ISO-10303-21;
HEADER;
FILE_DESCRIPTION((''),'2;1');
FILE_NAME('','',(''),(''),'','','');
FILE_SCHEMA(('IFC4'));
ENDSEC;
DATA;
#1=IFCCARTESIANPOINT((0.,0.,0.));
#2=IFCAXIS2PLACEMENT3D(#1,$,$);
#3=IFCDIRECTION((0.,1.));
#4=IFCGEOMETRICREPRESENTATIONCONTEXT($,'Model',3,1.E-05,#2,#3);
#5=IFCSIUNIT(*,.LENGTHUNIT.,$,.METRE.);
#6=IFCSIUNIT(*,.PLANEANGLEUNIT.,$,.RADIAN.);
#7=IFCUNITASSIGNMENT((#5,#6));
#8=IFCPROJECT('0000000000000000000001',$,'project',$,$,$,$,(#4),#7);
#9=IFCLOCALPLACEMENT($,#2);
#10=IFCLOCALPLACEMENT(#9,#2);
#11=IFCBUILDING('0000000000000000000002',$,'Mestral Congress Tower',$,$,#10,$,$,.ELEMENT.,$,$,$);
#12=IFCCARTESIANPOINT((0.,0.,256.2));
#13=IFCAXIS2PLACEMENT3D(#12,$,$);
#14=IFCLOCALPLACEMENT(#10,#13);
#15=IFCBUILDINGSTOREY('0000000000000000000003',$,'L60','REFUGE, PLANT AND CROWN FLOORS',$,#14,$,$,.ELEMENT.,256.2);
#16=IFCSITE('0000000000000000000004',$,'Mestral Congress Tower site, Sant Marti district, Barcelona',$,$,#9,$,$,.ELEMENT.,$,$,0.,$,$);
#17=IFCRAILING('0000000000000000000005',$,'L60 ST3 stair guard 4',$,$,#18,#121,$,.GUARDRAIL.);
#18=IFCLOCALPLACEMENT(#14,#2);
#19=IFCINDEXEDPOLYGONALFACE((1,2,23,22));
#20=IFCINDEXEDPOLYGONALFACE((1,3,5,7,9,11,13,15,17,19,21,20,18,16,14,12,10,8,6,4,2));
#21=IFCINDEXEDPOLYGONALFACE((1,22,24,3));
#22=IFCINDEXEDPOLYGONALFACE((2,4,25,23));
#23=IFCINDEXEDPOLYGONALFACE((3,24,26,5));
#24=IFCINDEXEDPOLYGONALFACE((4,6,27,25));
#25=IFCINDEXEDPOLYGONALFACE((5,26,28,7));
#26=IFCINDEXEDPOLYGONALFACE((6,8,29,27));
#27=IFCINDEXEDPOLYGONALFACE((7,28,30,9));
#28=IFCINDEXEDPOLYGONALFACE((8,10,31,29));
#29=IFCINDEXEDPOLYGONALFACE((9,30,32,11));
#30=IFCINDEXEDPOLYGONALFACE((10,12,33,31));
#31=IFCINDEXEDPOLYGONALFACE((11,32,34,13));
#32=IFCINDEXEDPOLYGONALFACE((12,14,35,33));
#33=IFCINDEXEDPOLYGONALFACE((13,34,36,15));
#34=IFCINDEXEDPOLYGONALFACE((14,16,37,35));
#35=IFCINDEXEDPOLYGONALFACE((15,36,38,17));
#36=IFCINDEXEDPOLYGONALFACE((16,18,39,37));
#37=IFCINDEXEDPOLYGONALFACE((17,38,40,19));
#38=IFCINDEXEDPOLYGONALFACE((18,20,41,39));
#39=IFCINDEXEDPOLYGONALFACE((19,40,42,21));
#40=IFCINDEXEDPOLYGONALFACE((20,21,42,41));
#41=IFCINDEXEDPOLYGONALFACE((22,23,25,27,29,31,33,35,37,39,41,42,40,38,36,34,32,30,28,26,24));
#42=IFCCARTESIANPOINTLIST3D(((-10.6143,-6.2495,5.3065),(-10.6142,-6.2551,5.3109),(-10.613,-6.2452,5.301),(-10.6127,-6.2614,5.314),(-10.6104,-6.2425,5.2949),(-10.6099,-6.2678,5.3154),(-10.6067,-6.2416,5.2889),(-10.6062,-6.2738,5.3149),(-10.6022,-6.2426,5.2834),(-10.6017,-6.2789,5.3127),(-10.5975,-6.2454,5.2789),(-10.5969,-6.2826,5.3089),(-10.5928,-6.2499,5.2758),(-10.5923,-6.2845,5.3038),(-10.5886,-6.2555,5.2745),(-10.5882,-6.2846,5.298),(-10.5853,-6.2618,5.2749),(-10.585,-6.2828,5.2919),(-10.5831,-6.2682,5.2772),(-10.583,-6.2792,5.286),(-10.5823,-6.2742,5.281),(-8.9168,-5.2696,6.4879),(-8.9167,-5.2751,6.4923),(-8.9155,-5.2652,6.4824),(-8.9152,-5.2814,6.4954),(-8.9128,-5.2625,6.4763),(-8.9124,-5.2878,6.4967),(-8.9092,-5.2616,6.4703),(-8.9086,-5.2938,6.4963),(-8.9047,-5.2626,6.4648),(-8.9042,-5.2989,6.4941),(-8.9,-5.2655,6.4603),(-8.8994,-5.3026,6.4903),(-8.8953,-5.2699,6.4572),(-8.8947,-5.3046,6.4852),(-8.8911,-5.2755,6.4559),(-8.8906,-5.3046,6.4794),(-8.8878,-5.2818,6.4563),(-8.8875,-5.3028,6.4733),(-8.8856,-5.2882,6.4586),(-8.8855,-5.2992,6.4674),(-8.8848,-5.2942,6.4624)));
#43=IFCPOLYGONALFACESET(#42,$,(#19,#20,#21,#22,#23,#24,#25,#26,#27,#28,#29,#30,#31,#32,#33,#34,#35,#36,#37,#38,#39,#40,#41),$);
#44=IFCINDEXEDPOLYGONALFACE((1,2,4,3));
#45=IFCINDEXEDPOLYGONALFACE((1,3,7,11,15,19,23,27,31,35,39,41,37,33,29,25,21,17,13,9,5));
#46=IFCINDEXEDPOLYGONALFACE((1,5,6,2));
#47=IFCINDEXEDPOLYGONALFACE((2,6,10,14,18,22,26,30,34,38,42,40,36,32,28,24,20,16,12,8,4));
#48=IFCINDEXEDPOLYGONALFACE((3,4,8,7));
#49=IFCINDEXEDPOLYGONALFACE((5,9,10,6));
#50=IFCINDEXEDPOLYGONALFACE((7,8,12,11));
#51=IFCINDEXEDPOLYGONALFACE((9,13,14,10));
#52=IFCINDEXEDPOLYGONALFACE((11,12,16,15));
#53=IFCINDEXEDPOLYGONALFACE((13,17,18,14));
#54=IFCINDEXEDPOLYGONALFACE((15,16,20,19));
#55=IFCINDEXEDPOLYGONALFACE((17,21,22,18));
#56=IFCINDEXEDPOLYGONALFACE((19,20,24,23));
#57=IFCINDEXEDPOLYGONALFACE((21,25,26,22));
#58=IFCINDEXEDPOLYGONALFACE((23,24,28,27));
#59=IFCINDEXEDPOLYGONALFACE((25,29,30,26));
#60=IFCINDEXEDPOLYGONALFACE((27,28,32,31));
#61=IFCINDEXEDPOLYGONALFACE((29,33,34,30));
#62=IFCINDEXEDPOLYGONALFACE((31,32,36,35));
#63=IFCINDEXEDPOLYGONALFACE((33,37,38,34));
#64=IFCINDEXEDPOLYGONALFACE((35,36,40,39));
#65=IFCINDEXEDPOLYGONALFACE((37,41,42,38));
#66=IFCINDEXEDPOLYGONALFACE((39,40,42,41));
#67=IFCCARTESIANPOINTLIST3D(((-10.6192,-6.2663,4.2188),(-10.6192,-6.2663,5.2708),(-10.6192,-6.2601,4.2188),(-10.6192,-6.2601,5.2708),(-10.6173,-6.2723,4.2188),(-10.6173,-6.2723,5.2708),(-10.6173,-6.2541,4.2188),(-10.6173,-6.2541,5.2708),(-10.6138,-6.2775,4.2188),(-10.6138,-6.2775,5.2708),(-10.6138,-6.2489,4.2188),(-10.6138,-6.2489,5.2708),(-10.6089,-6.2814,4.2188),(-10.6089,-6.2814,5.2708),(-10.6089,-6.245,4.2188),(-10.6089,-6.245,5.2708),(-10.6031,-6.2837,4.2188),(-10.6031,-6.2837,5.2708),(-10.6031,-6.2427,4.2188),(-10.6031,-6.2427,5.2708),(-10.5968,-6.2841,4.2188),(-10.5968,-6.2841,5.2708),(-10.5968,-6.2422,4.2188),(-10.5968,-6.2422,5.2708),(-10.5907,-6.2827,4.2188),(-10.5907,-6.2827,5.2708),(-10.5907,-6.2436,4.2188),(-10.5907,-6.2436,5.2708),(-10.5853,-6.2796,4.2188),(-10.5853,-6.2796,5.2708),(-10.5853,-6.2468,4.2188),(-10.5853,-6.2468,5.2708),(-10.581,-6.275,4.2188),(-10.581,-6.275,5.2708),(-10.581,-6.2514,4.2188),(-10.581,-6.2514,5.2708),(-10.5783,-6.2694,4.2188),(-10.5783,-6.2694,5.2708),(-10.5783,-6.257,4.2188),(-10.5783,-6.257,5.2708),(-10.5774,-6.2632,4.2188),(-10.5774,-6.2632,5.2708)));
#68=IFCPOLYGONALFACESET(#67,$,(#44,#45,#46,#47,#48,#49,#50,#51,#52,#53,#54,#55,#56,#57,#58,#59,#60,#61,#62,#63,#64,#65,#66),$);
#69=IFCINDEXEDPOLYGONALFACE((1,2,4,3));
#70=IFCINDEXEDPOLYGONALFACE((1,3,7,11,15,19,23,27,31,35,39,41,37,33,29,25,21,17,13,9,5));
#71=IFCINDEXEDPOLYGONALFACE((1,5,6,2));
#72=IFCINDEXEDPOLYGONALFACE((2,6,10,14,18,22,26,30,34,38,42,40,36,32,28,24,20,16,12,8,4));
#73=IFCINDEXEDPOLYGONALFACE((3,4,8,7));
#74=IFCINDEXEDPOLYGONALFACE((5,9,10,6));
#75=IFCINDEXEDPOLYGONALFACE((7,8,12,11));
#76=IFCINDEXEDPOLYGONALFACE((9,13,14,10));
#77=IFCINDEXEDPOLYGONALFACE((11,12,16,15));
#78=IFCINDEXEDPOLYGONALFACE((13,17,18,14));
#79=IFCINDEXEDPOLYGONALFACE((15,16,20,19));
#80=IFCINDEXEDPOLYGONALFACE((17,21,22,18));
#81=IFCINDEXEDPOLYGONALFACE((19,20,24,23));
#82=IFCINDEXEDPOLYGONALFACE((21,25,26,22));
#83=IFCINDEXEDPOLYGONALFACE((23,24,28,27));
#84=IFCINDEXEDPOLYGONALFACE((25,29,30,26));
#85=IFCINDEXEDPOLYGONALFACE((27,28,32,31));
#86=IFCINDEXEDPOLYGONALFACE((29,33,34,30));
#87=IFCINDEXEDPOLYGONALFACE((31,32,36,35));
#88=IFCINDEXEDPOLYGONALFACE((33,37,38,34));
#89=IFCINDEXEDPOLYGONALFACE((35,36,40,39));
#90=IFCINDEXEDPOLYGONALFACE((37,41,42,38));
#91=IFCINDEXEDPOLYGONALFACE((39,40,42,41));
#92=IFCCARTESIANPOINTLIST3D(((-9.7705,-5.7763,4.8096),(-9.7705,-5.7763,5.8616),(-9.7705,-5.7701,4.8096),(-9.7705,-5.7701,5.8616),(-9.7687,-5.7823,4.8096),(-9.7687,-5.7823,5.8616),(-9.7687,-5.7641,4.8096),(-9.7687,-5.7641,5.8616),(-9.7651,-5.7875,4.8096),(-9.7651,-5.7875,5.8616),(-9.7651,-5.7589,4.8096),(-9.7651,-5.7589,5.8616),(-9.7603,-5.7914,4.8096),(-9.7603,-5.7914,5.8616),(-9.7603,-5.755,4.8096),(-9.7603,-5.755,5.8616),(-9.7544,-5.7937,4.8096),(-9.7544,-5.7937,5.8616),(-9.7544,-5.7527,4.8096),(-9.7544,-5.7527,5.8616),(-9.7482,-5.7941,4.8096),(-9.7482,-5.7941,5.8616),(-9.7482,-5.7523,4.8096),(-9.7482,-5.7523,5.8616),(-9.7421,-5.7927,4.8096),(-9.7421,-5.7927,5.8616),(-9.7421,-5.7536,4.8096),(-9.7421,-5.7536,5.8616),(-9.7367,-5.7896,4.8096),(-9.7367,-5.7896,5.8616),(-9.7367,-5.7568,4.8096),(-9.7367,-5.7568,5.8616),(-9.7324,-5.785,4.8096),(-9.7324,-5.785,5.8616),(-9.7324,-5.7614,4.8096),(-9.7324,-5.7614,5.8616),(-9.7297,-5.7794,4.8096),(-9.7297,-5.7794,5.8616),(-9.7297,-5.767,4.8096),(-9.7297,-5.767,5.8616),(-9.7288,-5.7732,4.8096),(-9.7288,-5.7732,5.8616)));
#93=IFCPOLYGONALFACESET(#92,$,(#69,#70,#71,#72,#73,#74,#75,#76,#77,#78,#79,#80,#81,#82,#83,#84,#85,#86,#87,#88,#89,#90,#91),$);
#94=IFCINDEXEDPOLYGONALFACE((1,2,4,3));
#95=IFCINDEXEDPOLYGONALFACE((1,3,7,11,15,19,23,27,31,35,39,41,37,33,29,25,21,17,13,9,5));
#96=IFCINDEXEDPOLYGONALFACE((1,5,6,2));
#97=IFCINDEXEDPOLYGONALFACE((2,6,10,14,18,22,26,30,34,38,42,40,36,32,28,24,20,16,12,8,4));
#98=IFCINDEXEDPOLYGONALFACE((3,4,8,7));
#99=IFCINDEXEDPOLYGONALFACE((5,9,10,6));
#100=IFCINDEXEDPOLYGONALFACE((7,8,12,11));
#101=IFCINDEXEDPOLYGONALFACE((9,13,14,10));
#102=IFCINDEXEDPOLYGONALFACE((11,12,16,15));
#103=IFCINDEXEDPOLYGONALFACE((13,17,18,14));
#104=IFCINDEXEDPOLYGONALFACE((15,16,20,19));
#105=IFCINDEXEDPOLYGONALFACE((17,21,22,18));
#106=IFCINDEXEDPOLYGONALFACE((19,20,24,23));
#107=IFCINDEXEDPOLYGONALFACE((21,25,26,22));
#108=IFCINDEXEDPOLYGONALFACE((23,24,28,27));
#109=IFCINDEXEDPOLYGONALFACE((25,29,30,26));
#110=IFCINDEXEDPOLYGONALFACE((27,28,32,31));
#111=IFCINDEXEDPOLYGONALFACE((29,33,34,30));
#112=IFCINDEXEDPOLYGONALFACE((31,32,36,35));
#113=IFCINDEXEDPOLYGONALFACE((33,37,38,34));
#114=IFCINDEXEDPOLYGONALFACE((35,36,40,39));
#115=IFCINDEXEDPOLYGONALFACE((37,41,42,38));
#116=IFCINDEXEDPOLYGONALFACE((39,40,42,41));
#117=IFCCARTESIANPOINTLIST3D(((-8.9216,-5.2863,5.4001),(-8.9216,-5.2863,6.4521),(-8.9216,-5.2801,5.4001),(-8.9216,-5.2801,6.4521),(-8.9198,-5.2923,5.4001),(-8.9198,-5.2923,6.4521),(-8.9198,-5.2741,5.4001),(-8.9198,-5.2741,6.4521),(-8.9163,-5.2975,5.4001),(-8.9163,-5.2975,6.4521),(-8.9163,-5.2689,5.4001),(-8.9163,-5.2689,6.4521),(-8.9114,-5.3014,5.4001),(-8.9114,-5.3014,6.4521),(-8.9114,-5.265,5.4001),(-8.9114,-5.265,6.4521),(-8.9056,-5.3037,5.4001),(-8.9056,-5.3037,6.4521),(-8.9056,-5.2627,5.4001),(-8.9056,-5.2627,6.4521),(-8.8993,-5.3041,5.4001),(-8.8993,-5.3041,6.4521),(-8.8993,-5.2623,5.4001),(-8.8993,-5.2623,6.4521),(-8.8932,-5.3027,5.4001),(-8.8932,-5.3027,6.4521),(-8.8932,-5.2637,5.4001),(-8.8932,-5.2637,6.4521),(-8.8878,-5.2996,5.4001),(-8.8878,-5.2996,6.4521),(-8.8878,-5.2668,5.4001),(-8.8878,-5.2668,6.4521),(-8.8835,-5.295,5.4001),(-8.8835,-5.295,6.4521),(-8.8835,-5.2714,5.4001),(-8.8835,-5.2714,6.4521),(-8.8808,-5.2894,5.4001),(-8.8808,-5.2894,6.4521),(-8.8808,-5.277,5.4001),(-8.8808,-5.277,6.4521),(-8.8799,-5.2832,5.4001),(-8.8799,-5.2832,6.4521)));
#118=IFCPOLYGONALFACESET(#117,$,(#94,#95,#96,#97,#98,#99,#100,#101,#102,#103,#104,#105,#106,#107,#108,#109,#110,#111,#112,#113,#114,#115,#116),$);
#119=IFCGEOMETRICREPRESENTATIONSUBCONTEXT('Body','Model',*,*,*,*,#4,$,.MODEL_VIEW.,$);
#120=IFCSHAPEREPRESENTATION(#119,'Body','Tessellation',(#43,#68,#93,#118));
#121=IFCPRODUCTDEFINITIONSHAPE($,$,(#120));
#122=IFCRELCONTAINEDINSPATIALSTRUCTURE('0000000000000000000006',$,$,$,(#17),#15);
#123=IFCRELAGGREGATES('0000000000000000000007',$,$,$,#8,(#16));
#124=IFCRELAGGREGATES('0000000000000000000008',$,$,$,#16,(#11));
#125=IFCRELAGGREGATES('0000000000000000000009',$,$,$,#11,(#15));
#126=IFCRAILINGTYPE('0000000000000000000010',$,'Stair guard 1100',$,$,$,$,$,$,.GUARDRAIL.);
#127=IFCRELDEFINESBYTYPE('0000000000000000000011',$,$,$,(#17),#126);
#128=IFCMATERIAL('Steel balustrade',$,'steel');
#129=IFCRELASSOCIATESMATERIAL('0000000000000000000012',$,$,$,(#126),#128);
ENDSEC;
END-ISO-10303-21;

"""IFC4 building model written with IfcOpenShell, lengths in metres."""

from ifc_helpers import new_model, si_unit, direction, frame, origin, origin_2d, place, context, subcontext, project, spatial, circle, extrude, material, type_object, element, save


model = new_model("IFC4")

# Units and contexts
model_context = context("Model", 3, precision=1e-05, world=origin(), true_north=direction((0.0, 1.0)))
body_context = subcontext(model_context, "Body", "Model", "MODEL_VIEW")
ifc_project = project(units=[si_unit("LENGTHUNIT", "METRE"), si_unit("PLANEANGLEUNIT", "RADIAN")], contexts=[model_context])

# Site, building, storey
site_placement = place(None, origin())
site = spatial("IfcSite", under=ifc_project, at=site_placement, Name="Mestral Congress Tower site, Sant Marti district, Barcelona", CompositionType="ELEMENT", RefElevation=0.0)
building_placement = place(site_placement, origin())
building = spatial("IfcBuilding", under=site, at=building_placement, Name="Mestral Congress Tower", CompositionType="ELEMENT")
storey_placement = place(building_placement, frame((0.0, 0.0, 256.2)))
storey = spatial("IfcBuildingStorey", under=building, at=storey_placement, Name="L60", Description="REFUGE, PLANT AND CROWN FLOORS", CompositionType="ELEMENT", Elevation=256.2)

# Railing
ifc_material_1 = material(Name="Steel balustrade", Category="steel")
railing_type = type_object("IfcRailingType", Name="Stair guard 1100", PredefinedType="GUARDRAIL", material=ifc_material_1)
railing_1_placement = place(storey_placement, frame((-10.5984, -6.2632, 4.2188)))
element("IfcRailing", 1, at=railing_1_placement, inside=storey, type_object=railing_type, Name="L60 ST3 stair guard 4", PredefinedType="GUARDRAIL", context=body_context, shape_type="SweptSolid", body=[
    extrude(circle(Radius=0.0239, at=origin_2d()), frame((0.0, 0.0, 1.0762), z_axis=(0.741731, 0.428205, 0.516214), x_axis=(-0.49997, 0.866042, 0.0)), (0.0, 0.0, 1.0), 2.2886),
    extrude(circle(Radius=0.021, at=origin_2d()), origin(), (0.0, 0.0, 1.0), 1.052),
    extrude(circle(Radius=0.021, at=origin_2d()), frame((0.8486, 0.49, 0.5908)), (0.0, 0.0, 1.0), 1.052),
    extrude(circle(Radius=0.021, at=origin_2d()), frame((1.6975, 0.98, 1.1814)), (0.0, 0.0, 1.0), 1.052),
])

save(model, "model.ifc")
